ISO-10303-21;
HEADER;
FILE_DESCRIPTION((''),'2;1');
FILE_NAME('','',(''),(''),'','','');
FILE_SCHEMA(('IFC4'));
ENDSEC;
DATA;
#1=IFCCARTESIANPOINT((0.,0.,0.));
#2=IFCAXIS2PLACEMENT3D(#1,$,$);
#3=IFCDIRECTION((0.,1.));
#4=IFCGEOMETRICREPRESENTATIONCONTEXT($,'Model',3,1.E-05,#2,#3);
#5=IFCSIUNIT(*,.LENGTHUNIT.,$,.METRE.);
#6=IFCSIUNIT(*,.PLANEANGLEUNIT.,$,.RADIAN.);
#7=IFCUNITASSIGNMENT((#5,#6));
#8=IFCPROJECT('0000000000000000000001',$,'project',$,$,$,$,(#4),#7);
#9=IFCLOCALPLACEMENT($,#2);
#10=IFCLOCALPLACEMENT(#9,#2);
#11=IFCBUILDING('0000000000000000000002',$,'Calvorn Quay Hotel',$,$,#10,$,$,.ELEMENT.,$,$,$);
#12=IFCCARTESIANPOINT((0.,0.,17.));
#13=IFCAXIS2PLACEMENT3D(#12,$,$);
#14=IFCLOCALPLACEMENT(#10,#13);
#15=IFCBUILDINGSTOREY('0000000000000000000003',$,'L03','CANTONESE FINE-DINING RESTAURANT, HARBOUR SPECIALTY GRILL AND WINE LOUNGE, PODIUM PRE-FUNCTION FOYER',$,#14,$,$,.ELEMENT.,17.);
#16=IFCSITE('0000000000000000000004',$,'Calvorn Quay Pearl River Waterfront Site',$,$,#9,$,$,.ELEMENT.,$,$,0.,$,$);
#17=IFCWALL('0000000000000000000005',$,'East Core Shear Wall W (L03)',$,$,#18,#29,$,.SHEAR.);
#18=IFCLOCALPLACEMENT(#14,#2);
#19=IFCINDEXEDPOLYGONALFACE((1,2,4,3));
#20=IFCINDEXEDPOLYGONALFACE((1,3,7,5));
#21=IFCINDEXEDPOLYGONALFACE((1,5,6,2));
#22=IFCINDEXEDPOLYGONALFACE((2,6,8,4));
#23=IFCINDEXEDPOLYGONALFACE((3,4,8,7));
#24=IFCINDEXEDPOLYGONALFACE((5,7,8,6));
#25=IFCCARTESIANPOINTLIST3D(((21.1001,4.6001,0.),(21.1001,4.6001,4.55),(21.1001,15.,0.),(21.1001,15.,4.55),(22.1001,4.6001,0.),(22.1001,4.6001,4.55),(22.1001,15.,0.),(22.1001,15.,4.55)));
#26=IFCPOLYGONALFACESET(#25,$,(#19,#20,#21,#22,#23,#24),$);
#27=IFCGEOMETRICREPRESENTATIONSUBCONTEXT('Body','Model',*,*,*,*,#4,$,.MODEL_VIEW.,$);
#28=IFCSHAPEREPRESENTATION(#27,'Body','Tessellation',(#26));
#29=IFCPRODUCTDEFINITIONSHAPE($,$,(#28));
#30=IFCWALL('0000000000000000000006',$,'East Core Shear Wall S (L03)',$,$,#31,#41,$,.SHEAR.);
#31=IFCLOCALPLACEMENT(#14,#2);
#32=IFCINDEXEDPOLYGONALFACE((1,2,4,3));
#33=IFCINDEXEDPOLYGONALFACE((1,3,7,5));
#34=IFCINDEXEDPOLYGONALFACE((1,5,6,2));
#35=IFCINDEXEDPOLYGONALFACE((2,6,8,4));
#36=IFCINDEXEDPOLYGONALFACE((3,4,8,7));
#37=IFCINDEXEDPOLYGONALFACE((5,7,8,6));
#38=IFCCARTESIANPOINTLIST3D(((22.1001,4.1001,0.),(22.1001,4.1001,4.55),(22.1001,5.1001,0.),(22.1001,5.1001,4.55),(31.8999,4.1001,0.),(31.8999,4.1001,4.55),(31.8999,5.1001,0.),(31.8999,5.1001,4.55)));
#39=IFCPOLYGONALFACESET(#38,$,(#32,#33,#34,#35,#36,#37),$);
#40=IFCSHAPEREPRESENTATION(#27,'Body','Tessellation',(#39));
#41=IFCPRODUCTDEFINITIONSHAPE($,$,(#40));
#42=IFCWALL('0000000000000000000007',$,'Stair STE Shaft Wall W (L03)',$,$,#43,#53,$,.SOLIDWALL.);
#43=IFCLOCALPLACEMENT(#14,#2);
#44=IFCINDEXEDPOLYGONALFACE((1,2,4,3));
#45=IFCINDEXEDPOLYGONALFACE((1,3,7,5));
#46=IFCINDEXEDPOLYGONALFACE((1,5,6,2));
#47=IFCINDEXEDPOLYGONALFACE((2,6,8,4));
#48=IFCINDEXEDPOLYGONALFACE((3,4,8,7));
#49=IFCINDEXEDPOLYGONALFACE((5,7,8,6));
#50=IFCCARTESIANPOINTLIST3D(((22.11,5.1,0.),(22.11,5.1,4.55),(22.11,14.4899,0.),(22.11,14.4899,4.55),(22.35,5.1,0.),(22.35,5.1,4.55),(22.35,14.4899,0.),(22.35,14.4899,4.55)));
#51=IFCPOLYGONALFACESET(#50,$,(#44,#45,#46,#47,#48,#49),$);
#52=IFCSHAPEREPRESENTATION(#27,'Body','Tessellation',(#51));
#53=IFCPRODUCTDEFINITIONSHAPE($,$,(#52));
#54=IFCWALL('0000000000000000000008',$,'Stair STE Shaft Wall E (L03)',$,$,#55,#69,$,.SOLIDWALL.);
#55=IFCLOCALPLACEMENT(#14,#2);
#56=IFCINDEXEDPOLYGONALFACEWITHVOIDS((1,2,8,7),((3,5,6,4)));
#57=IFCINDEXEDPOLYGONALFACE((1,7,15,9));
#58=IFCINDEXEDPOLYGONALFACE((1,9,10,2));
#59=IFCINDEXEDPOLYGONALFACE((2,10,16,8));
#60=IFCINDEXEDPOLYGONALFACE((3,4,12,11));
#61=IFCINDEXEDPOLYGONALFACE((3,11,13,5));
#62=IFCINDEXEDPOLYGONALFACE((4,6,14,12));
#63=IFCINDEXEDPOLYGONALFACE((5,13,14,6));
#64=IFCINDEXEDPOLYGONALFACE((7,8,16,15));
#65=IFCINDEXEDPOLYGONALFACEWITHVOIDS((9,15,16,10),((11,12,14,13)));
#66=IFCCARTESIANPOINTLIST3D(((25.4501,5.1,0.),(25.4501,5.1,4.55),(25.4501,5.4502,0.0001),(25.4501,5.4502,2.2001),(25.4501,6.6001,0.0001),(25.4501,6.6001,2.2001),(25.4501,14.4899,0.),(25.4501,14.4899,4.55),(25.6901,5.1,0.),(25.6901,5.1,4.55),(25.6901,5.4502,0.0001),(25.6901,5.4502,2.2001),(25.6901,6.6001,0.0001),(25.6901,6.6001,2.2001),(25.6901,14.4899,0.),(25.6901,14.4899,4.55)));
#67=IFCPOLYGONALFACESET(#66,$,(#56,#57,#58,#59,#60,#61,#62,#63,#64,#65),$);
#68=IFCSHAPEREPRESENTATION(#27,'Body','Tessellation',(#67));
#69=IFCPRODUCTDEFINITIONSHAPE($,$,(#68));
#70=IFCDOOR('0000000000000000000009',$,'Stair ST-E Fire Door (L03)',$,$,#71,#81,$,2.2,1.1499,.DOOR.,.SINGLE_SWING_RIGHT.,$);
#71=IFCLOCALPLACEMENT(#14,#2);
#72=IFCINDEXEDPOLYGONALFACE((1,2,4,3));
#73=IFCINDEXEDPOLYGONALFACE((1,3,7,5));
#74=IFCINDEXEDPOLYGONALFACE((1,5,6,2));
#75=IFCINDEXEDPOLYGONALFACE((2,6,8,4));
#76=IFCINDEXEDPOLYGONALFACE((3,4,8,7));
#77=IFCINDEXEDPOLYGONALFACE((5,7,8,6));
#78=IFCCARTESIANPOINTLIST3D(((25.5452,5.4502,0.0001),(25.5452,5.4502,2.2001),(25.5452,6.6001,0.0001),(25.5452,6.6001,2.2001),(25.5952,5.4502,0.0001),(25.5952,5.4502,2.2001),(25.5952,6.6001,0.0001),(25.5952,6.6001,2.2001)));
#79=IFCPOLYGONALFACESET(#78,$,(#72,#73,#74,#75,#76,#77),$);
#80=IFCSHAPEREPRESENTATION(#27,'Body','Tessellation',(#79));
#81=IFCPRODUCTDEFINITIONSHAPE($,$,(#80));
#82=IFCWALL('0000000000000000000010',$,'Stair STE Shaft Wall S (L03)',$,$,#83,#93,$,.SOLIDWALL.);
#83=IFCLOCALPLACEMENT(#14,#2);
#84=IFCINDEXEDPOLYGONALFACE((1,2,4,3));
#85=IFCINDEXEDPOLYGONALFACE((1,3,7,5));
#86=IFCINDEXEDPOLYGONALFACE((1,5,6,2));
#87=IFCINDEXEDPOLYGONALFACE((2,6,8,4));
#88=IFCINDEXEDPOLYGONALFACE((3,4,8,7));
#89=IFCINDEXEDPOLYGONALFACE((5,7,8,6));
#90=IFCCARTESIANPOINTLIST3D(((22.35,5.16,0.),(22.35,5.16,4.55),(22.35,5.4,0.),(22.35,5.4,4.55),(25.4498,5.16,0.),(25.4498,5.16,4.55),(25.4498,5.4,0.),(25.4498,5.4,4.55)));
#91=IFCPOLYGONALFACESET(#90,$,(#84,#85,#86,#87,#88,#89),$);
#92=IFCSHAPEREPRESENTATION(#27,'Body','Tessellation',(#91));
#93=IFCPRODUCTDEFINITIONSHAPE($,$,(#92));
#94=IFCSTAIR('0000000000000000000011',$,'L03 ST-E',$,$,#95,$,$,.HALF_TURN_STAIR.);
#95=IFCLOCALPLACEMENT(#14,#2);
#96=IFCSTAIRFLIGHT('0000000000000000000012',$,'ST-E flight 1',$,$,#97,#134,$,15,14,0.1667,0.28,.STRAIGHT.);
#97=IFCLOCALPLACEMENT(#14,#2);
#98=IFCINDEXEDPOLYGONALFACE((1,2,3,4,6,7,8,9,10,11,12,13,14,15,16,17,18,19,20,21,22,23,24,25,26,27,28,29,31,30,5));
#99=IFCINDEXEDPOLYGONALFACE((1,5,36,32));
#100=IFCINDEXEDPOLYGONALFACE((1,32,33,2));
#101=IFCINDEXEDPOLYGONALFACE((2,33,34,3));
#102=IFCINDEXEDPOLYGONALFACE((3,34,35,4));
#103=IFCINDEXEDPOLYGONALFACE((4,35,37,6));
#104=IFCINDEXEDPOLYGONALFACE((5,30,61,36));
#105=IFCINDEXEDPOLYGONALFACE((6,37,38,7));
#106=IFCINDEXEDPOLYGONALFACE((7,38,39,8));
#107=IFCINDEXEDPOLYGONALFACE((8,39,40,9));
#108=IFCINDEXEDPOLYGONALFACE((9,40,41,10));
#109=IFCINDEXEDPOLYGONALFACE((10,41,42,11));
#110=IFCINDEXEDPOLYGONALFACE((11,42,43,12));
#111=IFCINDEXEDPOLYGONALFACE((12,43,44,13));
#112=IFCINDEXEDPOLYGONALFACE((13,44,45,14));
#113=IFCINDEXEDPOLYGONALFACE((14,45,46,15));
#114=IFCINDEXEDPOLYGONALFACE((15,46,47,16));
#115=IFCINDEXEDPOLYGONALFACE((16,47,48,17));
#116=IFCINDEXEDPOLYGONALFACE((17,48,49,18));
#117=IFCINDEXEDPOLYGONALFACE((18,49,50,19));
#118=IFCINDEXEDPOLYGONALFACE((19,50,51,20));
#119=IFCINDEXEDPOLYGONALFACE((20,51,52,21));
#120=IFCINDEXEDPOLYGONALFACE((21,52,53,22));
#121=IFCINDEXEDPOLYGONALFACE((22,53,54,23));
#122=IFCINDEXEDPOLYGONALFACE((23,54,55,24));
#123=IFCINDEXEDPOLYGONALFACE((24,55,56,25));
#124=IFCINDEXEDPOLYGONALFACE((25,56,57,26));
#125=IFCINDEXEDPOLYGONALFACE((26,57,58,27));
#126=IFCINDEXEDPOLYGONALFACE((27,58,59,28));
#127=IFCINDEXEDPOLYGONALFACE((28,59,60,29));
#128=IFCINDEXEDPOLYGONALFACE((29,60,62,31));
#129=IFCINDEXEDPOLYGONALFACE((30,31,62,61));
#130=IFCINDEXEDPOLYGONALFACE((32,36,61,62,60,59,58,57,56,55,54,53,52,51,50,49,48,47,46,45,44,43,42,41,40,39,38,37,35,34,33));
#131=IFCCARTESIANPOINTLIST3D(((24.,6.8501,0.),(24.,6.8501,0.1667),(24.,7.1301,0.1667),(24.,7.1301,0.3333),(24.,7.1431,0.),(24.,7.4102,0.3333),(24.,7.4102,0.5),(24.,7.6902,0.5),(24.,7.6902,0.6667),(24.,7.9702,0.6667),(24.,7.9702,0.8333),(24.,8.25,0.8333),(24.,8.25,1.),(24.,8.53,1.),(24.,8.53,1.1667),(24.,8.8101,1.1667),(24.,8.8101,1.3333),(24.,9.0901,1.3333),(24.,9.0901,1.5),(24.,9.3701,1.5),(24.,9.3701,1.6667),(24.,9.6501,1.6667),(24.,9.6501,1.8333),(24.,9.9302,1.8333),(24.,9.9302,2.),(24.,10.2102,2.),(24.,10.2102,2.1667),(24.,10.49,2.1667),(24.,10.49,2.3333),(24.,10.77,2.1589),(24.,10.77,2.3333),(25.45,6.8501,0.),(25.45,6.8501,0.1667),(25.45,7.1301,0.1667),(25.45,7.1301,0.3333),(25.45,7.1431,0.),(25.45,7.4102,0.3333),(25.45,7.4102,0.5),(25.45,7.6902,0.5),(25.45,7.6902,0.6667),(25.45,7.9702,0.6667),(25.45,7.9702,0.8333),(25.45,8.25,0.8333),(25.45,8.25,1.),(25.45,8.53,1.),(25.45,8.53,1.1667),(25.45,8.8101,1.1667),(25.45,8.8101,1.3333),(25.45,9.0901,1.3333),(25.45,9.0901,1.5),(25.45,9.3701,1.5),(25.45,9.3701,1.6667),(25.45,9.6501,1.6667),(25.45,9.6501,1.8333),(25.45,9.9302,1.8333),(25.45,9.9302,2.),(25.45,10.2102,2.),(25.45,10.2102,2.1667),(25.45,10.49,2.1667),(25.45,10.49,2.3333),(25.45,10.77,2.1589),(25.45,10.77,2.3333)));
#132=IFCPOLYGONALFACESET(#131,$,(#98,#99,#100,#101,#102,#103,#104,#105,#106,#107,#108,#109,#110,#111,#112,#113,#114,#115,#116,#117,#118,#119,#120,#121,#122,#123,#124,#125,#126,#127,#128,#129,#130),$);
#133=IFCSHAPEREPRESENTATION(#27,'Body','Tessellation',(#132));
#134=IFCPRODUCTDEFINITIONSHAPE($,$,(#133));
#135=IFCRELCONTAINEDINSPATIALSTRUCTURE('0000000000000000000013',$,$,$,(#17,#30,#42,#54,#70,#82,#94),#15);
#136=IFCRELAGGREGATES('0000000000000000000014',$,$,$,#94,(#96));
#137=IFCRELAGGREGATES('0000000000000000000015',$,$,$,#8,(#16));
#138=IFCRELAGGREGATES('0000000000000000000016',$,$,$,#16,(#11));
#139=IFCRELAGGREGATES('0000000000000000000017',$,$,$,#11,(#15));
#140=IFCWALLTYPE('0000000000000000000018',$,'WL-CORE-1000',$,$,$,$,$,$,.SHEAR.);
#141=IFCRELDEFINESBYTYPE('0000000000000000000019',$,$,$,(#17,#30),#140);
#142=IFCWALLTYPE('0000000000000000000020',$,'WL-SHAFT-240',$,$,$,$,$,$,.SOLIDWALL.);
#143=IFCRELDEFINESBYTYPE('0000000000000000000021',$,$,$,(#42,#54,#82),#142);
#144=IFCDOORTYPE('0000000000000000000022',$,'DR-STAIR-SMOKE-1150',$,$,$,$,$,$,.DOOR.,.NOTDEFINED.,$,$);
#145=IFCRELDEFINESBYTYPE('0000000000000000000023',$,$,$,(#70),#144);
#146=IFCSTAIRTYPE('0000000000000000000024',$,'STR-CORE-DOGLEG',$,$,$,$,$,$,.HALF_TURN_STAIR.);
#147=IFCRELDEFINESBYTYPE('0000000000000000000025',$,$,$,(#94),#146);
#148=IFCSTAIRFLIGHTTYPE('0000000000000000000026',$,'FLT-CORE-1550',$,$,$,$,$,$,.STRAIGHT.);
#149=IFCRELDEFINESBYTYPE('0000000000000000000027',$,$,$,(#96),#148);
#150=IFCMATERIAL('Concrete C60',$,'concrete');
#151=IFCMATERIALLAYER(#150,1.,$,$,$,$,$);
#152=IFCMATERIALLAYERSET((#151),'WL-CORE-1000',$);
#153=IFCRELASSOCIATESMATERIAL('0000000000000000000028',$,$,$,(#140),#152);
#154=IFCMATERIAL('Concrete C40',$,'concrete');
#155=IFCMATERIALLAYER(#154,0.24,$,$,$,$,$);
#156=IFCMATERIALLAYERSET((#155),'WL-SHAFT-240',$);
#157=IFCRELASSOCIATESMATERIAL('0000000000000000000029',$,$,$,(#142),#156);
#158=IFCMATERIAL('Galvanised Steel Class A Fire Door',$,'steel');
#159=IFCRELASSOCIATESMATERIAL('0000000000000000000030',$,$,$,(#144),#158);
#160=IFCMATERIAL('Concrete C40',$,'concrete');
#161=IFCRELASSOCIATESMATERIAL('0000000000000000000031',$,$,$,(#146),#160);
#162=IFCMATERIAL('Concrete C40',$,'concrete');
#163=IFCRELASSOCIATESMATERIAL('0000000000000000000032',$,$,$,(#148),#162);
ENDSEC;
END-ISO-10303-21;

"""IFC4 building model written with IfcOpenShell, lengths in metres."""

from ifc_helpers import new_model, si_unit, direction, frame, frame_2d, origin, place, context, subcontext, project, spatial, polyline, rectangle, outline, extrude, material, layer, layer_set, type_object, element, fill, aggregate, save


model = new_model("IFC4")

# Units and contexts
model_context = context("Model", 3, precision=1e-05, world=origin(), true_north=direction((0.0, 1.0)))
body_context = subcontext(model_context, "Body", "Model", "MODEL_VIEW")
ifc_project = project(units=[si_unit("LENGTHUNIT", "METRE"), si_unit("PLANEANGLEUNIT", "RADIAN")], contexts=[model_context])

# Site, building, storey
site_placement = place(None, origin())
site = spatial("IfcSite", under=ifc_project, at=site_placement, Name="Calvorn Quay Pearl River Waterfront Site", CompositionType="ELEMENT", RefElevation=0.0)
building_placement = place(site_placement, origin())
building = spatial("IfcBuilding", under=site, at=building_placement, Name="Calvorn Quay Hotel", CompositionType="ELEMENT")
storey_placement = place(building_placement, frame((0.0, 0.0, 17.0)))
storey = spatial("IfcBuildingStorey", under=building, at=storey_placement, Name="L03", Description="CANTONESE FINE-DINING RESTAURANT, HARBOUR SPECIALTY GRILL AND WINE LOUNGE, PODIUM PRE-FUNCTION FOYER", CompositionType="ELEMENT", Elevation=17.0)

# Walls
ifc_material_1 = material(Name="Concrete C60", Category="concrete")
ifc_layer_1 = layer(ifc_material_1, 1.0)
ifc_layer_set_1 = layer_set([ifc_layer_1], Name="WL-CORE-1000")
wall_type_1 = type_object("IfcWallType", Name="WL-CORE-1000", PredefinedType="SHEAR", material=ifc_layer_set_1)
wall_1_placement = place(storey_placement, frame((21.6001, 4.6001, 0.0), z_axis=(0.0, 0.0, 1.0), x_axis=(0.0, 1.0, 0.0)))
element("IfcWall", 1, at=wall_1_placement, inside=storey, type_object=wall_type_1, Name="East Core Shear Wall W (L03)", PredefinedType="SHEAR", context=body_context, shape_type="SweptSolid", body=[
    extrude(rectangle(XDim=10.3999, YDim=1.0, at=frame_2d((5.2, 0.0))), origin(), (0.0, 0.0, 1.0), 4.55),
])
wall_2_placement = place(storey_placement, frame((22.1001, 4.6001, 0.0), z_axis=(0.0, 0.0, 1.0), x_axis=(1.0, 0.0, 0.0)))
element("IfcWall", 2, at=wall_2_placement, inside=storey, type_object=wall_type_1, Name="East Core Shear Wall S (L03)", PredefinedType="SHEAR", context=body_context, shape_type="SweptSolid", body=[
    extrude(rectangle(XDim=9.7998, YDim=1.0, at=frame_2d((4.8999, 0.0))), origin(), (0.0, 0.0, 1.0), 4.55),
])
ifc_material_2 = material(Name="Concrete C40", Category="concrete")
ifc_layer_2 = layer(ifc_material_2, 0.24)
ifc_layer_set_2 = layer_set([ifc_layer_2], Name="WL-SHAFT-240")
wall_type_2 = type_object("IfcWallType", Name="WL-SHAFT-240", PredefinedType="SOLIDWALL", material=ifc_layer_set_2)
wall_3_placement = place(storey_placement, frame((22.23, 5.1001, 0.0), z_axis=(0.0, 0.0, 1.0), x_axis=(0.0, 1.0, 0.0)))
element("IfcWall", 3, at=wall_3_placement, inside=storey, type_object=wall_type_2, Name="Stair STE Shaft Wall W (L03)", PredefinedType="SOLIDWALL", context=body_context, shape_type="SweptSolid", body=[
    extrude(rectangle(XDim=9.3899, YDim=0.24, at=frame_2d((4.6948, 0.0))), origin(), (0.0, 0.0, 1.0), 4.55),
])

# Wall, opening, door
wall_4_placement = place(storey_placement, frame((25.5701, 5.1001, 0.0), z_axis=(0.0, 0.0, 1.0), x_axis=(0.0, 1.0, 0.0)))
wall_4 = element("IfcWall", 4, at=wall_4_placement, inside=storey, type_object=wall_type_2, Name="Stair STE Shaft Wall E (L03)", PredefinedType="SOLIDWALL", context=body_context, shape_type="SweptSolid", body=[
    extrude(rectangle(XDim=9.3899, YDim=0.24, at=frame_2d((4.6948, 0.0))), origin(), (0.0, 0.0, 1.0), 4.55),
])
opening_placement = place(wall_4_placement, frame((0.3501, 0.0, 0.0)))
opening = element("IfcOpeningElement", 5, at=opening_placement, cuts=wall_4, PredefinedType="OPENING", context=body_context, shape_type="SweptSolid", body=[
    extrude(rectangle(XDim=1.1499, YDim=2.2, at=frame_2d((0.575, 1.1001))), frame((0.0, 0.1299, 0.0), z_axis=(0.0, -1.0, 0.0), x_axis=(1.0, 0.0, 0.0)), (0.0, 0.0, 1.0), 0.26),
])
ifc_material_3 = material(Name="Galvanised Steel Class A Fire Door", Category="steel")
door_type = type_object("IfcDoorType", Name="DR-STAIR-SMOKE-1150", OperationType="NOTDEFINED", PredefinedType="DOOR", material=ifc_material_3)
door_placement = place(opening_placement, origin())
door = element("IfcDoor", 6, at=door_placement, inside=storey, type_object=door_type, Name="Stair ST-E Fire Door (L03)", OperationType="SINGLE_SWING_RIGHT", OverallHeight=2.2, OverallWidth=1.1499, PredefinedType="DOOR", context=body_context, shape_type="SweptSolid", body=[
    extrude(rectangle(XDim=1.1499, YDim=2.2, at=frame_2d((0.575, 1.1001))), frame((0.0, 0.0249, 0.0), z_axis=(0.0, -1.0, 0.0), x_axis=(1.0, 0.0, 0.0)), (0.0, 0.0, 1.0), 0.05),
])
fill(opening, door)

# Wall
wall_5_placement = place(storey_placement, frame((22.3501, 5.28, 0.0), z_axis=(0.0, 0.0, 1.0), x_axis=(1.0, 0.0, 0.0)))
element("IfcWall", 7, at=wall_5_placement, inside=storey, type_object=wall_type_2, Name="Stair STE Shaft Wall S (L03)", PredefinedType="SOLIDWALL", context=body_context, shape_type="SweptSolid", body=[
    extrude(rectangle(XDim=3.0999, YDim=0.24, at=frame_2d((1.5498, 0.0))), origin(), (0.0, 0.0, 1.0), 4.55),
])

# Stair, stair flight
ifc_material_4 = material(Name="Concrete C40", Category="concrete")
stair_type = type_object("IfcStairType", Name="STR-CORE-DOGLEG", PredefinedType="HALF_TURN_STAIR", material=ifc_material_4)
stair_placement = place(storey_placement, origin())
stair = element("IfcStair", 8, at=stair_placement, inside=storey, type_object=stair_type, Name="L03 ST-E", PredefinedType="HALF_TURN_STAIR")
ifc_material_5 = material(Name="Concrete C40", Category="concrete")
stair_flight_type = type_object("IfcStairFlightType", Name="FLT-CORE-1550", PredefinedType="STRAIGHT", material=ifc_material_5)
stair_flight_placement = place(storey_placement, frame((24.7251, 6.8501, 0.0), z_axis=(0.0, 0.0, 1.0), x_axis=(0.0, 1.0, 0.0)))
stair_flight = element("IfcStairFlight", 9, at=stair_flight_placement, type_object=stair_flight_type, Name="ST-E flight 1", NumberOfRisers=15, NumberOfTreads=14, PredefinedType="STRAIGHT", RiserHeight=0.1667, TreadLength=0.28, context=body_context, shape_type="SweptSolid", body=[
    extrude(outline(polyline([(0.0, 0.0), (0.0, 0.1667), (0.28, 0.1667), (0.28, 0.3333), (0.5601, 0.3333), (0.5601, 0.5), (0.8401, 0.5), (0.8401, 0.6667), (1.1201, 0.6667), (1.1201, 0.8333), (1.3999, 0.8333), (1.3999, 1.0), (1.6799, 1.0), (1.6799, 1.1667), (1.96, 1.1667), (1.96, 1.3333), (2.24, 1.3333), (2.24, 1.5), (2.52, 1.5), (2.52, 1.6667), (2.8, 1.6667), (2.8, 1.8333), (3.0801, 1.8333), (3.0801, 2.0), (3.3601, 2.0), (3.3601, 2.1667), (3.6399, 2.1667), (3.6399, 2.3333), (3.9199, 2.3333), (3.9199, 2.5), (3.9199, 2.1589), (0.293, 0.0), (0.0, 0.0)])), frame((0.0, 0.7251, 0.0), z_axis=(0.0, -1.0, 0.0), x_axis=(1.0, 0.0, 0.0)), (0.0, 0.0, 1.0), 1.45),
])
aggregate(stair, [stair_flight])

save(model, "model.ifc")
